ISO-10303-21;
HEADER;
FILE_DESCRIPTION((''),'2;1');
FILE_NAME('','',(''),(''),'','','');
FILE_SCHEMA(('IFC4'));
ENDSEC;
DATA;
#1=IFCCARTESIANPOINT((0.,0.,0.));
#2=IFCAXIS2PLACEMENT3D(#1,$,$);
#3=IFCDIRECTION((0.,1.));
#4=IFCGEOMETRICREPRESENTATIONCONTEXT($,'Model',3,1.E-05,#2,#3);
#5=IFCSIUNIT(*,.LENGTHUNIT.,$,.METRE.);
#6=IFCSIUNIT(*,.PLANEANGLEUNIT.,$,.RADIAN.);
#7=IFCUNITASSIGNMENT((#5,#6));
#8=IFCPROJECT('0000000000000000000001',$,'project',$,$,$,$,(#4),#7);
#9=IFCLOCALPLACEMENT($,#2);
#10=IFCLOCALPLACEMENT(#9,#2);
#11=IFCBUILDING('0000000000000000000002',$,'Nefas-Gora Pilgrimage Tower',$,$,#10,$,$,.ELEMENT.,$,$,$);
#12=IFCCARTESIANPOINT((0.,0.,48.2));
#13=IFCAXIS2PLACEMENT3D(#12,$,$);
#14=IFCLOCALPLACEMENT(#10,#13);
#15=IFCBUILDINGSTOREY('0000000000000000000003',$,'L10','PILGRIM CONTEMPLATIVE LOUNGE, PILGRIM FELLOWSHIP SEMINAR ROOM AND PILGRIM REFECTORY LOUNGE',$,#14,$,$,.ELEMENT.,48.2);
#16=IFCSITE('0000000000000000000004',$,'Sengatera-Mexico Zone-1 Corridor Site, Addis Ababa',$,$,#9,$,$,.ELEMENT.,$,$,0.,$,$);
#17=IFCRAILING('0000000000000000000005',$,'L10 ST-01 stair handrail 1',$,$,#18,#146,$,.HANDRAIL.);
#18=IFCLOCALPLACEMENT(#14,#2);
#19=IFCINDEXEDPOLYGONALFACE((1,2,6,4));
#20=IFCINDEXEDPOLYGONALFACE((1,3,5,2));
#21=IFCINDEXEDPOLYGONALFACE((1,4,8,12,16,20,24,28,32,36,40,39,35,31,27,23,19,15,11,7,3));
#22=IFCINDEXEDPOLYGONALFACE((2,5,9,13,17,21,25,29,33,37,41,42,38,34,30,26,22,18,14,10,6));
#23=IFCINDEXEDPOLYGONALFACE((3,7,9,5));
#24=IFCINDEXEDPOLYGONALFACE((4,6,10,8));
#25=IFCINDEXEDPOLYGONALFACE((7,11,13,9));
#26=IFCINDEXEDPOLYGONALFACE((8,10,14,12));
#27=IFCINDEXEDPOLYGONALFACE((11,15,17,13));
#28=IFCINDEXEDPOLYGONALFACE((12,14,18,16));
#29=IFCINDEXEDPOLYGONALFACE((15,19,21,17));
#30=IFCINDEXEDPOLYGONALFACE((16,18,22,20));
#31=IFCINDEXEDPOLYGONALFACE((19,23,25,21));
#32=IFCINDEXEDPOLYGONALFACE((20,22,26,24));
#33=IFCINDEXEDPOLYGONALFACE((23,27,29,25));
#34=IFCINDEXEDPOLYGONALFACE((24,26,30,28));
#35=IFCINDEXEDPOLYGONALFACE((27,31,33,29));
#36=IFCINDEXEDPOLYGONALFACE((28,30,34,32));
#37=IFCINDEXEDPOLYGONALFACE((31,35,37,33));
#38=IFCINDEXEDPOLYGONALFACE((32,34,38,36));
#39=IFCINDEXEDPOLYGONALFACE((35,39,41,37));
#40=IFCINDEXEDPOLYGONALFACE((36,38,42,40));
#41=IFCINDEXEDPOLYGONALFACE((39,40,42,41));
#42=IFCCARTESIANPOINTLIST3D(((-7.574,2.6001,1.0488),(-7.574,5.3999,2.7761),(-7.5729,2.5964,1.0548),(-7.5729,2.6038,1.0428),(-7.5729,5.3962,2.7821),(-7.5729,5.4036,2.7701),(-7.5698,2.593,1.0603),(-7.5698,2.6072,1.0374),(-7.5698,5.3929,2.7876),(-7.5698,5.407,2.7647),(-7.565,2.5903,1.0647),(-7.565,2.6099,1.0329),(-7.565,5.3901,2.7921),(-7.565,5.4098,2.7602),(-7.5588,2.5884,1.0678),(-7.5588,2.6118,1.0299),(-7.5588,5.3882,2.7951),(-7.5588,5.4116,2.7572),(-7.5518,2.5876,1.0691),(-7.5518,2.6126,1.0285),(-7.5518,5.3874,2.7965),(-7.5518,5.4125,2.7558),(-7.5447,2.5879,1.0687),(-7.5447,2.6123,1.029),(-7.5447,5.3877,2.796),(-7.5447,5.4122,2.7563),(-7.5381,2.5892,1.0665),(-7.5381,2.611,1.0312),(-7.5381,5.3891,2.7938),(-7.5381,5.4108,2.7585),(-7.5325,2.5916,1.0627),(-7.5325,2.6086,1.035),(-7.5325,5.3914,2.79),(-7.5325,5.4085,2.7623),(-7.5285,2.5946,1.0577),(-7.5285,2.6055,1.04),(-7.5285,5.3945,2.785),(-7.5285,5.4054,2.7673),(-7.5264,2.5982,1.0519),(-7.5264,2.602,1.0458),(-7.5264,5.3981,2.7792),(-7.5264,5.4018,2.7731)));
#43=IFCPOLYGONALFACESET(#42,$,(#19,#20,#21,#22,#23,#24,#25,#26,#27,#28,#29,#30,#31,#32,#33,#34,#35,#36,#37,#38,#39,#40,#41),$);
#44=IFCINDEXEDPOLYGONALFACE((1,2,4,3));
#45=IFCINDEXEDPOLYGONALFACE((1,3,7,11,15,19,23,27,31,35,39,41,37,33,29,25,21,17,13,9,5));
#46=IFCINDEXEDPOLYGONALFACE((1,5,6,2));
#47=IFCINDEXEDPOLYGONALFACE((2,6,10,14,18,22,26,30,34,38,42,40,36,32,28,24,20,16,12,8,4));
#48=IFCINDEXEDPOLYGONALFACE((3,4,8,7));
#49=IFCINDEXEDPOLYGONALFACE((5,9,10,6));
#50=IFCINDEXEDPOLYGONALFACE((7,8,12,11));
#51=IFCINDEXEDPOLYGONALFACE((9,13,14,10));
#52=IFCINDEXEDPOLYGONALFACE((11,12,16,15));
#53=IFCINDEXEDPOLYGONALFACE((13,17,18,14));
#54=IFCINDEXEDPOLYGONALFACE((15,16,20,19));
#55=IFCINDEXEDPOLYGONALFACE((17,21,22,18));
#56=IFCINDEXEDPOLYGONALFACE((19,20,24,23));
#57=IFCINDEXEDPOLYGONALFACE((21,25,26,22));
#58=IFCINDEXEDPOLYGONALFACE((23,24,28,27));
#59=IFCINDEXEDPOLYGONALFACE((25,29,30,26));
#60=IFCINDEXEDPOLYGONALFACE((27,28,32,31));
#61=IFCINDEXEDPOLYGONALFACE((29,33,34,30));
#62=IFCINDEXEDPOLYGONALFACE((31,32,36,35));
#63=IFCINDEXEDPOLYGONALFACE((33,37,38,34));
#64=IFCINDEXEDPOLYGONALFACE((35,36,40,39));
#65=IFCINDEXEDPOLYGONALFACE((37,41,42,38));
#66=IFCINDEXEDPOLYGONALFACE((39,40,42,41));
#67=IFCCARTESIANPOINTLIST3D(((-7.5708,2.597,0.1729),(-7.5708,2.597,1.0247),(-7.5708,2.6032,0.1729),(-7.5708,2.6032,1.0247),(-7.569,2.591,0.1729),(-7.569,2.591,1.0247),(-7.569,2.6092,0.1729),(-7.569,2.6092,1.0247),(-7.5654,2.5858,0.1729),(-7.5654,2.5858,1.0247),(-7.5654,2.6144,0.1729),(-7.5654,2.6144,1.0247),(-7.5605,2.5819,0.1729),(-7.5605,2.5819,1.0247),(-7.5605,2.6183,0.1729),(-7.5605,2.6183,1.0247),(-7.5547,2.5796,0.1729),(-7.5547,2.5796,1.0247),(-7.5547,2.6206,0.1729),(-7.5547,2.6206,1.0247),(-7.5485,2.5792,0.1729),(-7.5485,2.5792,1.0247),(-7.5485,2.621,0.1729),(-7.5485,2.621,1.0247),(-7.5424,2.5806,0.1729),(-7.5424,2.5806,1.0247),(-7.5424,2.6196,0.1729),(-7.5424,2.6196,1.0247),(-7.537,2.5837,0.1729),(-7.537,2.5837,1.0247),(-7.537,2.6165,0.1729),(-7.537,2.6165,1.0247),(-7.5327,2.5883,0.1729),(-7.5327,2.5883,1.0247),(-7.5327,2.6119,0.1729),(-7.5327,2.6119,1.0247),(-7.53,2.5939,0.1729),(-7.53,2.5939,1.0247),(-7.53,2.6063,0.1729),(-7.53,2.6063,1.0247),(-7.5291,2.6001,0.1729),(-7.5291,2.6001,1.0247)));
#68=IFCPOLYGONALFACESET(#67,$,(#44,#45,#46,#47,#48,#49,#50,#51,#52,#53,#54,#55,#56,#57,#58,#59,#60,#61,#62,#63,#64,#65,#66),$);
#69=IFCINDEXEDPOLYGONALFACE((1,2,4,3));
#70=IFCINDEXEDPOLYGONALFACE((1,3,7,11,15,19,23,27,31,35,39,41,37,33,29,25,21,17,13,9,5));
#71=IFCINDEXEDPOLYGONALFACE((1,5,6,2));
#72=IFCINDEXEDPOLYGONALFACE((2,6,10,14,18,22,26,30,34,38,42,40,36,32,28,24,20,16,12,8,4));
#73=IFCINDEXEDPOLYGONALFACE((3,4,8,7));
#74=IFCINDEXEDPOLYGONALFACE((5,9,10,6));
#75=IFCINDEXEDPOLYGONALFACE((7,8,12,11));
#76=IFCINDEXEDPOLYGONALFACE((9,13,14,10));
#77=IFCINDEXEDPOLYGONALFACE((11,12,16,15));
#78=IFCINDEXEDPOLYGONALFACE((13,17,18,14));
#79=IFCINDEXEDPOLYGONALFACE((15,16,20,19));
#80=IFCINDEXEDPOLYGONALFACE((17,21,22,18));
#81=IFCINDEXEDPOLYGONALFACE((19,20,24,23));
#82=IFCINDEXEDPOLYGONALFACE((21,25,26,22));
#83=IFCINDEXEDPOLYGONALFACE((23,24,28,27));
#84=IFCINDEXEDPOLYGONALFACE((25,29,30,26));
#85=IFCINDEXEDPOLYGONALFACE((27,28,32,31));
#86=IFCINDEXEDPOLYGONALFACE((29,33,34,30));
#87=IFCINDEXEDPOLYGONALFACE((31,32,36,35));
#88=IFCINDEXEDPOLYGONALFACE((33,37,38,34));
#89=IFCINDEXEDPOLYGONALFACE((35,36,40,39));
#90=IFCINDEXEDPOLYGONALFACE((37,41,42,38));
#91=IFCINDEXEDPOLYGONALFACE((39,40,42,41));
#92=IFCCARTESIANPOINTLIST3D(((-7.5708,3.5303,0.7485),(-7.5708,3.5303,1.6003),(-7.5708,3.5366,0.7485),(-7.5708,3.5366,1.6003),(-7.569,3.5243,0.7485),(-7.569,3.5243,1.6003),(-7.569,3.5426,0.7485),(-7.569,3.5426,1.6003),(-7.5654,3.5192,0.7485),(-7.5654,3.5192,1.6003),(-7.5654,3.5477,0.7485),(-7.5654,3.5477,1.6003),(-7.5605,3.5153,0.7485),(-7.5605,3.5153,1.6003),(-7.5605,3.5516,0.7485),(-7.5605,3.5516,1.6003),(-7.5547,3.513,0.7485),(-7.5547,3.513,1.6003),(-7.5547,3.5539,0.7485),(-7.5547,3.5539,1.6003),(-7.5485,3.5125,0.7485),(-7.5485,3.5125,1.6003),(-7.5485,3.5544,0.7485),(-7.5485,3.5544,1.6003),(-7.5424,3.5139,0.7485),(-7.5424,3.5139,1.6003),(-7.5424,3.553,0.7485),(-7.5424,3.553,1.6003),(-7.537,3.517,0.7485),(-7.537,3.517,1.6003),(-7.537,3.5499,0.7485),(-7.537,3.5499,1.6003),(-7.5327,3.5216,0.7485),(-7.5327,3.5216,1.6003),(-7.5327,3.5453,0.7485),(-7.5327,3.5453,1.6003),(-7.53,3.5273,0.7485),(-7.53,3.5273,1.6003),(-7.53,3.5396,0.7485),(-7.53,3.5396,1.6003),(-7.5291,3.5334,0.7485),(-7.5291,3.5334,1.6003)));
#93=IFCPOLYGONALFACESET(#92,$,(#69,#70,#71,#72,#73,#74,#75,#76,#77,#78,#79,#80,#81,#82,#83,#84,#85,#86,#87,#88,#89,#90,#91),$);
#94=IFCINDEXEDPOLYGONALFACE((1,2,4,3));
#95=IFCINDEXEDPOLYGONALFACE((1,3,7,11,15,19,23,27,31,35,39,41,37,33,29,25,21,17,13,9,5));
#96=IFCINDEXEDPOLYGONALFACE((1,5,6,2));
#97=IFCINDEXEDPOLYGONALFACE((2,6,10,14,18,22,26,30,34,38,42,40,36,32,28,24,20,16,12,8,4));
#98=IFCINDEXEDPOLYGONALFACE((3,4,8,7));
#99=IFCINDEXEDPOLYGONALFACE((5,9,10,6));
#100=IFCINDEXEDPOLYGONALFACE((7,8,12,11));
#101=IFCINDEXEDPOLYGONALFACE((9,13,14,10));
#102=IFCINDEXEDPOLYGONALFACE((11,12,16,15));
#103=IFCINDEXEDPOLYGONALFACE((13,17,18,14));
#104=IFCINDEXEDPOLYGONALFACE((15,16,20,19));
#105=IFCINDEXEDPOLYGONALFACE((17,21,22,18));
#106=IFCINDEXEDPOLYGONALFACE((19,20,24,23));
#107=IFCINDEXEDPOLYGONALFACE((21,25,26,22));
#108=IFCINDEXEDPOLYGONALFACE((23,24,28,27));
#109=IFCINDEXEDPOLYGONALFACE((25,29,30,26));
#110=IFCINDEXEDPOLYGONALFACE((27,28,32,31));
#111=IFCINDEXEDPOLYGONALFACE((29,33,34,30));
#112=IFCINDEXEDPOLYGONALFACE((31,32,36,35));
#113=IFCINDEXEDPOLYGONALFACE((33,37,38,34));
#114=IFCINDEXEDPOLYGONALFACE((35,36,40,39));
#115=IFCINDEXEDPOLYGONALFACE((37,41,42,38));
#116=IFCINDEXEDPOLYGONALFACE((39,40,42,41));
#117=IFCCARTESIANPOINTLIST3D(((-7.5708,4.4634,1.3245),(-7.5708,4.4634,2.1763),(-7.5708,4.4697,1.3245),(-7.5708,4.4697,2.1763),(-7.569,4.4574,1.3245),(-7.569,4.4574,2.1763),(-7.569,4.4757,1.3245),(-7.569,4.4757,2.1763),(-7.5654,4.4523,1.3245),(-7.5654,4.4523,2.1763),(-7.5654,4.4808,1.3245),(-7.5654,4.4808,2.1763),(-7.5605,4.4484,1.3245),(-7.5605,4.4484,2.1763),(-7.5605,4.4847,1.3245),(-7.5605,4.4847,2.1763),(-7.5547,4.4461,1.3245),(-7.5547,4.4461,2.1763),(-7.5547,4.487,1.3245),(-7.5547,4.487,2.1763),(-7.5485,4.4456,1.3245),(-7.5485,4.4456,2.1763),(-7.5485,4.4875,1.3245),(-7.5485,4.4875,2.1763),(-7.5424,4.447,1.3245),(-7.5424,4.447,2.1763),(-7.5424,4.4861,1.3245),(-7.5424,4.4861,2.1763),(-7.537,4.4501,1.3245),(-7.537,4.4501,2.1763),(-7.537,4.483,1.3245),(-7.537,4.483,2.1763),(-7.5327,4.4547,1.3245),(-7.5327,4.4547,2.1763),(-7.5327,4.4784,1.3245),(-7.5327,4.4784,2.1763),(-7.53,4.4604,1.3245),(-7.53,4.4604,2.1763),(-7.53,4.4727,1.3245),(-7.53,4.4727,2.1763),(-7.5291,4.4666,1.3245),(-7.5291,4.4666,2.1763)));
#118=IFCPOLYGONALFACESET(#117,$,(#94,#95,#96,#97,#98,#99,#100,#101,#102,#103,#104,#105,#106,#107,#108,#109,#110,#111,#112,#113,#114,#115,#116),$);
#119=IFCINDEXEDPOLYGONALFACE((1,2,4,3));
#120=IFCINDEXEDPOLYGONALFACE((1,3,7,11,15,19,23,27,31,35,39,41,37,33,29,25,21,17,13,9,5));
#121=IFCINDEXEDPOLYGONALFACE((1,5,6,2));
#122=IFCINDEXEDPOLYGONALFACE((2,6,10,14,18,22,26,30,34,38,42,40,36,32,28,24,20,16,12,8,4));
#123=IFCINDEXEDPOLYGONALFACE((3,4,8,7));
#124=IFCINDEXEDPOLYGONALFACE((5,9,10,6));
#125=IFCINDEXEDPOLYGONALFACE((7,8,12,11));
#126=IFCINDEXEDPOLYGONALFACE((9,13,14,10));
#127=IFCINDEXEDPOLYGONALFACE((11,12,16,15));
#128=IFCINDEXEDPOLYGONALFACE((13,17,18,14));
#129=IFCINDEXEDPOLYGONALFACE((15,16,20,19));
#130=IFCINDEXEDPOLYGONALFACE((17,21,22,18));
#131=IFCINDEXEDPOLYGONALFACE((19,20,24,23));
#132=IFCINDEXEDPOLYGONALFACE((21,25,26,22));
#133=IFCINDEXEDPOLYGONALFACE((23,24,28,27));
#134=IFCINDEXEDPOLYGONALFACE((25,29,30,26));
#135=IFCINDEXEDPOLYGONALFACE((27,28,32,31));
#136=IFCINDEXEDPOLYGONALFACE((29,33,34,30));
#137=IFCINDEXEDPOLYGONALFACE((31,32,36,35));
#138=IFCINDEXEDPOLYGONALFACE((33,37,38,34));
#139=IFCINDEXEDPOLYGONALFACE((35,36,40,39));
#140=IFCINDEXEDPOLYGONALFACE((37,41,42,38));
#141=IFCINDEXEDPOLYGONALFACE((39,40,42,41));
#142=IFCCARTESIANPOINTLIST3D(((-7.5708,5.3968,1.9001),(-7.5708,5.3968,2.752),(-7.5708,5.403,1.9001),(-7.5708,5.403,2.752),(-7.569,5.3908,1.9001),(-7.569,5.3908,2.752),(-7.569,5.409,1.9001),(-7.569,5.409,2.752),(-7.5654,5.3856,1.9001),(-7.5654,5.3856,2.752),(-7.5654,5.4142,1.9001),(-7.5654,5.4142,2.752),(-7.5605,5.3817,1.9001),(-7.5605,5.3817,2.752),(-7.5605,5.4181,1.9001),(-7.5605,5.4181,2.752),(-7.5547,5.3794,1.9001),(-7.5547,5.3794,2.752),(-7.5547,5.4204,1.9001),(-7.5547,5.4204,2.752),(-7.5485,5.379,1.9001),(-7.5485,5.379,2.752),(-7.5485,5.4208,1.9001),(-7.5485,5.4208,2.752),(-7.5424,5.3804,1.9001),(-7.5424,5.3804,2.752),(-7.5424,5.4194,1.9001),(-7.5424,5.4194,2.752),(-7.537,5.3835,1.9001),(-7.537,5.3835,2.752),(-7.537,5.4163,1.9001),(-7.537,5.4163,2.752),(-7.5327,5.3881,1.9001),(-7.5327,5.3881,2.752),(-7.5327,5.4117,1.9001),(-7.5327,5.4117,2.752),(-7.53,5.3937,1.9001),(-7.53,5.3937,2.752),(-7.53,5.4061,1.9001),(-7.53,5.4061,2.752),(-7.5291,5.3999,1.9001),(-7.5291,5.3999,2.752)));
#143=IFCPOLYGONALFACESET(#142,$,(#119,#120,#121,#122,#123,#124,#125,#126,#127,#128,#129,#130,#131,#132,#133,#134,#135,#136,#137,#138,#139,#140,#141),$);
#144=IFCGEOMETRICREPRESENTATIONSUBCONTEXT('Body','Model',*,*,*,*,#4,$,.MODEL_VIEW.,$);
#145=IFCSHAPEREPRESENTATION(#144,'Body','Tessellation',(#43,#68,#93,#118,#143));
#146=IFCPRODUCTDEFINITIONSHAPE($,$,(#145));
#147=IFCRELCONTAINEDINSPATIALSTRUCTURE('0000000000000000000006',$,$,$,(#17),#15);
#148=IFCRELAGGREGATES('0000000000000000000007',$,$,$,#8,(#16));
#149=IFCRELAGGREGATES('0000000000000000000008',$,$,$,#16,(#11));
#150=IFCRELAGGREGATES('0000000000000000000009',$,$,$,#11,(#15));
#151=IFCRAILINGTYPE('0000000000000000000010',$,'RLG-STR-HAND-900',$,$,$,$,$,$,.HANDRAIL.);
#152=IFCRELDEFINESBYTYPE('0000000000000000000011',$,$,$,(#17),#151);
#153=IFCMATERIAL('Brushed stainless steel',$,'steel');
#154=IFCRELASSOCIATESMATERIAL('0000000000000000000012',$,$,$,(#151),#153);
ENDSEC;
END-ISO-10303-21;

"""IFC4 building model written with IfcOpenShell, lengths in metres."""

from ifc_helpers import new_model, si_unit, direction, frame, origin, origin_2d, place, context, subcontext, project, spatial, circle, extrude, material, type_object, element, save


model = new_model("IFC4")

# Units and contexts
model_context = context("Model", 3, precision=1e-05, world=origin(), true_north=direction((0.0, 1.0)))
body_context = subcontext(model_context, "Body", "Model", "MODEL_VIEW")
ifc_project = project(units=[si_unit("LENGTHUNIT", "METRE"), si_unit("PLANEANGLEUNIT", "RADIAN")], contexts=[model_context])

# Site, building, storey
site_placement = place(None, origin())
site = spatial("IfcSite", under=ifc_project, at=site_placement, Name="Sengatera-Mexico Zone-1 Corridor Site, Addis Ababa", CompositionType="ELEMENT", RefElevation=0.0)
building_placement = place(site_placement, origin())
building = spatial("IfcBuilding", under=site, at=building_placement, Name="Nefas-Gora Pilgrimage Tower", CompositionType="ELEMENT")
storey_placement = place(building_placement, frame((0.0, 0.0, 48.2)))
storey = spatial("IfcBuildingStorey", under=building, at=storey_placement, Name="L10", Description="PILGRIM CONTEMPLATIVE LOUNGE, PILGRIM FELLOWSHIP SEMINAR ROOM AND PILGRIM REFECTORY LOUNGE", CompositionType="ELEMENT", Elevation=48.2)

# Railing
ifc_material_1 = material(Name="Brushed stainless steel", Category="steel")
railing_type_1 = type_object("IfcRailingType", Name="RLG-STR-HAND-900", PredefinedType="HANDRAIL", material=ifc_material_1)
railing_1_placement = place(storey_placement, frame((-7.55, 2.6001, 0.1729)))
element("IfcRailing", 1, at=railing_1_placement, inside=storey, type_object=railing_type_1, Name="L10 ST-01 stair handrail 1", PredefinedType="HANDRAIL", context=body_context, shape_type="SweptSolid", body=[
    extrude(circle(Radius=0.0239, at=origin_2d()), frame((0.0, 0.0, 0.876), z_axis=(0.0, 0.851069, 0.525054), x_axis=(-1.0, 0.0, 0.0)), (0.0, 0.0, 1.0), 3.2898),
    extrude(circle(Radius=0.021, at=origin_2d()), origin(), (0.0, 0.0, 1.0), 0.8518),
    extrude(circle(Radius=0.021, at=origin_2d()), frame((0.0, 0.9333, 0.5757)), (0.0, 0.0, 1.0), 0.8518),
    extrude(circle(Radius=0.021, at=origin_2d()), frame((0.0, 1.8665, 1.1516)), (0.0, 0.0, 1.0), 0.8518),
    extrude(circle(Radius=0.021, at=origin_2d()), frame((0.0, 2.7998, 1.7273)), (0.0, 0.0, 1.0), 0.8518),
])

save(model, "model.ifc")
